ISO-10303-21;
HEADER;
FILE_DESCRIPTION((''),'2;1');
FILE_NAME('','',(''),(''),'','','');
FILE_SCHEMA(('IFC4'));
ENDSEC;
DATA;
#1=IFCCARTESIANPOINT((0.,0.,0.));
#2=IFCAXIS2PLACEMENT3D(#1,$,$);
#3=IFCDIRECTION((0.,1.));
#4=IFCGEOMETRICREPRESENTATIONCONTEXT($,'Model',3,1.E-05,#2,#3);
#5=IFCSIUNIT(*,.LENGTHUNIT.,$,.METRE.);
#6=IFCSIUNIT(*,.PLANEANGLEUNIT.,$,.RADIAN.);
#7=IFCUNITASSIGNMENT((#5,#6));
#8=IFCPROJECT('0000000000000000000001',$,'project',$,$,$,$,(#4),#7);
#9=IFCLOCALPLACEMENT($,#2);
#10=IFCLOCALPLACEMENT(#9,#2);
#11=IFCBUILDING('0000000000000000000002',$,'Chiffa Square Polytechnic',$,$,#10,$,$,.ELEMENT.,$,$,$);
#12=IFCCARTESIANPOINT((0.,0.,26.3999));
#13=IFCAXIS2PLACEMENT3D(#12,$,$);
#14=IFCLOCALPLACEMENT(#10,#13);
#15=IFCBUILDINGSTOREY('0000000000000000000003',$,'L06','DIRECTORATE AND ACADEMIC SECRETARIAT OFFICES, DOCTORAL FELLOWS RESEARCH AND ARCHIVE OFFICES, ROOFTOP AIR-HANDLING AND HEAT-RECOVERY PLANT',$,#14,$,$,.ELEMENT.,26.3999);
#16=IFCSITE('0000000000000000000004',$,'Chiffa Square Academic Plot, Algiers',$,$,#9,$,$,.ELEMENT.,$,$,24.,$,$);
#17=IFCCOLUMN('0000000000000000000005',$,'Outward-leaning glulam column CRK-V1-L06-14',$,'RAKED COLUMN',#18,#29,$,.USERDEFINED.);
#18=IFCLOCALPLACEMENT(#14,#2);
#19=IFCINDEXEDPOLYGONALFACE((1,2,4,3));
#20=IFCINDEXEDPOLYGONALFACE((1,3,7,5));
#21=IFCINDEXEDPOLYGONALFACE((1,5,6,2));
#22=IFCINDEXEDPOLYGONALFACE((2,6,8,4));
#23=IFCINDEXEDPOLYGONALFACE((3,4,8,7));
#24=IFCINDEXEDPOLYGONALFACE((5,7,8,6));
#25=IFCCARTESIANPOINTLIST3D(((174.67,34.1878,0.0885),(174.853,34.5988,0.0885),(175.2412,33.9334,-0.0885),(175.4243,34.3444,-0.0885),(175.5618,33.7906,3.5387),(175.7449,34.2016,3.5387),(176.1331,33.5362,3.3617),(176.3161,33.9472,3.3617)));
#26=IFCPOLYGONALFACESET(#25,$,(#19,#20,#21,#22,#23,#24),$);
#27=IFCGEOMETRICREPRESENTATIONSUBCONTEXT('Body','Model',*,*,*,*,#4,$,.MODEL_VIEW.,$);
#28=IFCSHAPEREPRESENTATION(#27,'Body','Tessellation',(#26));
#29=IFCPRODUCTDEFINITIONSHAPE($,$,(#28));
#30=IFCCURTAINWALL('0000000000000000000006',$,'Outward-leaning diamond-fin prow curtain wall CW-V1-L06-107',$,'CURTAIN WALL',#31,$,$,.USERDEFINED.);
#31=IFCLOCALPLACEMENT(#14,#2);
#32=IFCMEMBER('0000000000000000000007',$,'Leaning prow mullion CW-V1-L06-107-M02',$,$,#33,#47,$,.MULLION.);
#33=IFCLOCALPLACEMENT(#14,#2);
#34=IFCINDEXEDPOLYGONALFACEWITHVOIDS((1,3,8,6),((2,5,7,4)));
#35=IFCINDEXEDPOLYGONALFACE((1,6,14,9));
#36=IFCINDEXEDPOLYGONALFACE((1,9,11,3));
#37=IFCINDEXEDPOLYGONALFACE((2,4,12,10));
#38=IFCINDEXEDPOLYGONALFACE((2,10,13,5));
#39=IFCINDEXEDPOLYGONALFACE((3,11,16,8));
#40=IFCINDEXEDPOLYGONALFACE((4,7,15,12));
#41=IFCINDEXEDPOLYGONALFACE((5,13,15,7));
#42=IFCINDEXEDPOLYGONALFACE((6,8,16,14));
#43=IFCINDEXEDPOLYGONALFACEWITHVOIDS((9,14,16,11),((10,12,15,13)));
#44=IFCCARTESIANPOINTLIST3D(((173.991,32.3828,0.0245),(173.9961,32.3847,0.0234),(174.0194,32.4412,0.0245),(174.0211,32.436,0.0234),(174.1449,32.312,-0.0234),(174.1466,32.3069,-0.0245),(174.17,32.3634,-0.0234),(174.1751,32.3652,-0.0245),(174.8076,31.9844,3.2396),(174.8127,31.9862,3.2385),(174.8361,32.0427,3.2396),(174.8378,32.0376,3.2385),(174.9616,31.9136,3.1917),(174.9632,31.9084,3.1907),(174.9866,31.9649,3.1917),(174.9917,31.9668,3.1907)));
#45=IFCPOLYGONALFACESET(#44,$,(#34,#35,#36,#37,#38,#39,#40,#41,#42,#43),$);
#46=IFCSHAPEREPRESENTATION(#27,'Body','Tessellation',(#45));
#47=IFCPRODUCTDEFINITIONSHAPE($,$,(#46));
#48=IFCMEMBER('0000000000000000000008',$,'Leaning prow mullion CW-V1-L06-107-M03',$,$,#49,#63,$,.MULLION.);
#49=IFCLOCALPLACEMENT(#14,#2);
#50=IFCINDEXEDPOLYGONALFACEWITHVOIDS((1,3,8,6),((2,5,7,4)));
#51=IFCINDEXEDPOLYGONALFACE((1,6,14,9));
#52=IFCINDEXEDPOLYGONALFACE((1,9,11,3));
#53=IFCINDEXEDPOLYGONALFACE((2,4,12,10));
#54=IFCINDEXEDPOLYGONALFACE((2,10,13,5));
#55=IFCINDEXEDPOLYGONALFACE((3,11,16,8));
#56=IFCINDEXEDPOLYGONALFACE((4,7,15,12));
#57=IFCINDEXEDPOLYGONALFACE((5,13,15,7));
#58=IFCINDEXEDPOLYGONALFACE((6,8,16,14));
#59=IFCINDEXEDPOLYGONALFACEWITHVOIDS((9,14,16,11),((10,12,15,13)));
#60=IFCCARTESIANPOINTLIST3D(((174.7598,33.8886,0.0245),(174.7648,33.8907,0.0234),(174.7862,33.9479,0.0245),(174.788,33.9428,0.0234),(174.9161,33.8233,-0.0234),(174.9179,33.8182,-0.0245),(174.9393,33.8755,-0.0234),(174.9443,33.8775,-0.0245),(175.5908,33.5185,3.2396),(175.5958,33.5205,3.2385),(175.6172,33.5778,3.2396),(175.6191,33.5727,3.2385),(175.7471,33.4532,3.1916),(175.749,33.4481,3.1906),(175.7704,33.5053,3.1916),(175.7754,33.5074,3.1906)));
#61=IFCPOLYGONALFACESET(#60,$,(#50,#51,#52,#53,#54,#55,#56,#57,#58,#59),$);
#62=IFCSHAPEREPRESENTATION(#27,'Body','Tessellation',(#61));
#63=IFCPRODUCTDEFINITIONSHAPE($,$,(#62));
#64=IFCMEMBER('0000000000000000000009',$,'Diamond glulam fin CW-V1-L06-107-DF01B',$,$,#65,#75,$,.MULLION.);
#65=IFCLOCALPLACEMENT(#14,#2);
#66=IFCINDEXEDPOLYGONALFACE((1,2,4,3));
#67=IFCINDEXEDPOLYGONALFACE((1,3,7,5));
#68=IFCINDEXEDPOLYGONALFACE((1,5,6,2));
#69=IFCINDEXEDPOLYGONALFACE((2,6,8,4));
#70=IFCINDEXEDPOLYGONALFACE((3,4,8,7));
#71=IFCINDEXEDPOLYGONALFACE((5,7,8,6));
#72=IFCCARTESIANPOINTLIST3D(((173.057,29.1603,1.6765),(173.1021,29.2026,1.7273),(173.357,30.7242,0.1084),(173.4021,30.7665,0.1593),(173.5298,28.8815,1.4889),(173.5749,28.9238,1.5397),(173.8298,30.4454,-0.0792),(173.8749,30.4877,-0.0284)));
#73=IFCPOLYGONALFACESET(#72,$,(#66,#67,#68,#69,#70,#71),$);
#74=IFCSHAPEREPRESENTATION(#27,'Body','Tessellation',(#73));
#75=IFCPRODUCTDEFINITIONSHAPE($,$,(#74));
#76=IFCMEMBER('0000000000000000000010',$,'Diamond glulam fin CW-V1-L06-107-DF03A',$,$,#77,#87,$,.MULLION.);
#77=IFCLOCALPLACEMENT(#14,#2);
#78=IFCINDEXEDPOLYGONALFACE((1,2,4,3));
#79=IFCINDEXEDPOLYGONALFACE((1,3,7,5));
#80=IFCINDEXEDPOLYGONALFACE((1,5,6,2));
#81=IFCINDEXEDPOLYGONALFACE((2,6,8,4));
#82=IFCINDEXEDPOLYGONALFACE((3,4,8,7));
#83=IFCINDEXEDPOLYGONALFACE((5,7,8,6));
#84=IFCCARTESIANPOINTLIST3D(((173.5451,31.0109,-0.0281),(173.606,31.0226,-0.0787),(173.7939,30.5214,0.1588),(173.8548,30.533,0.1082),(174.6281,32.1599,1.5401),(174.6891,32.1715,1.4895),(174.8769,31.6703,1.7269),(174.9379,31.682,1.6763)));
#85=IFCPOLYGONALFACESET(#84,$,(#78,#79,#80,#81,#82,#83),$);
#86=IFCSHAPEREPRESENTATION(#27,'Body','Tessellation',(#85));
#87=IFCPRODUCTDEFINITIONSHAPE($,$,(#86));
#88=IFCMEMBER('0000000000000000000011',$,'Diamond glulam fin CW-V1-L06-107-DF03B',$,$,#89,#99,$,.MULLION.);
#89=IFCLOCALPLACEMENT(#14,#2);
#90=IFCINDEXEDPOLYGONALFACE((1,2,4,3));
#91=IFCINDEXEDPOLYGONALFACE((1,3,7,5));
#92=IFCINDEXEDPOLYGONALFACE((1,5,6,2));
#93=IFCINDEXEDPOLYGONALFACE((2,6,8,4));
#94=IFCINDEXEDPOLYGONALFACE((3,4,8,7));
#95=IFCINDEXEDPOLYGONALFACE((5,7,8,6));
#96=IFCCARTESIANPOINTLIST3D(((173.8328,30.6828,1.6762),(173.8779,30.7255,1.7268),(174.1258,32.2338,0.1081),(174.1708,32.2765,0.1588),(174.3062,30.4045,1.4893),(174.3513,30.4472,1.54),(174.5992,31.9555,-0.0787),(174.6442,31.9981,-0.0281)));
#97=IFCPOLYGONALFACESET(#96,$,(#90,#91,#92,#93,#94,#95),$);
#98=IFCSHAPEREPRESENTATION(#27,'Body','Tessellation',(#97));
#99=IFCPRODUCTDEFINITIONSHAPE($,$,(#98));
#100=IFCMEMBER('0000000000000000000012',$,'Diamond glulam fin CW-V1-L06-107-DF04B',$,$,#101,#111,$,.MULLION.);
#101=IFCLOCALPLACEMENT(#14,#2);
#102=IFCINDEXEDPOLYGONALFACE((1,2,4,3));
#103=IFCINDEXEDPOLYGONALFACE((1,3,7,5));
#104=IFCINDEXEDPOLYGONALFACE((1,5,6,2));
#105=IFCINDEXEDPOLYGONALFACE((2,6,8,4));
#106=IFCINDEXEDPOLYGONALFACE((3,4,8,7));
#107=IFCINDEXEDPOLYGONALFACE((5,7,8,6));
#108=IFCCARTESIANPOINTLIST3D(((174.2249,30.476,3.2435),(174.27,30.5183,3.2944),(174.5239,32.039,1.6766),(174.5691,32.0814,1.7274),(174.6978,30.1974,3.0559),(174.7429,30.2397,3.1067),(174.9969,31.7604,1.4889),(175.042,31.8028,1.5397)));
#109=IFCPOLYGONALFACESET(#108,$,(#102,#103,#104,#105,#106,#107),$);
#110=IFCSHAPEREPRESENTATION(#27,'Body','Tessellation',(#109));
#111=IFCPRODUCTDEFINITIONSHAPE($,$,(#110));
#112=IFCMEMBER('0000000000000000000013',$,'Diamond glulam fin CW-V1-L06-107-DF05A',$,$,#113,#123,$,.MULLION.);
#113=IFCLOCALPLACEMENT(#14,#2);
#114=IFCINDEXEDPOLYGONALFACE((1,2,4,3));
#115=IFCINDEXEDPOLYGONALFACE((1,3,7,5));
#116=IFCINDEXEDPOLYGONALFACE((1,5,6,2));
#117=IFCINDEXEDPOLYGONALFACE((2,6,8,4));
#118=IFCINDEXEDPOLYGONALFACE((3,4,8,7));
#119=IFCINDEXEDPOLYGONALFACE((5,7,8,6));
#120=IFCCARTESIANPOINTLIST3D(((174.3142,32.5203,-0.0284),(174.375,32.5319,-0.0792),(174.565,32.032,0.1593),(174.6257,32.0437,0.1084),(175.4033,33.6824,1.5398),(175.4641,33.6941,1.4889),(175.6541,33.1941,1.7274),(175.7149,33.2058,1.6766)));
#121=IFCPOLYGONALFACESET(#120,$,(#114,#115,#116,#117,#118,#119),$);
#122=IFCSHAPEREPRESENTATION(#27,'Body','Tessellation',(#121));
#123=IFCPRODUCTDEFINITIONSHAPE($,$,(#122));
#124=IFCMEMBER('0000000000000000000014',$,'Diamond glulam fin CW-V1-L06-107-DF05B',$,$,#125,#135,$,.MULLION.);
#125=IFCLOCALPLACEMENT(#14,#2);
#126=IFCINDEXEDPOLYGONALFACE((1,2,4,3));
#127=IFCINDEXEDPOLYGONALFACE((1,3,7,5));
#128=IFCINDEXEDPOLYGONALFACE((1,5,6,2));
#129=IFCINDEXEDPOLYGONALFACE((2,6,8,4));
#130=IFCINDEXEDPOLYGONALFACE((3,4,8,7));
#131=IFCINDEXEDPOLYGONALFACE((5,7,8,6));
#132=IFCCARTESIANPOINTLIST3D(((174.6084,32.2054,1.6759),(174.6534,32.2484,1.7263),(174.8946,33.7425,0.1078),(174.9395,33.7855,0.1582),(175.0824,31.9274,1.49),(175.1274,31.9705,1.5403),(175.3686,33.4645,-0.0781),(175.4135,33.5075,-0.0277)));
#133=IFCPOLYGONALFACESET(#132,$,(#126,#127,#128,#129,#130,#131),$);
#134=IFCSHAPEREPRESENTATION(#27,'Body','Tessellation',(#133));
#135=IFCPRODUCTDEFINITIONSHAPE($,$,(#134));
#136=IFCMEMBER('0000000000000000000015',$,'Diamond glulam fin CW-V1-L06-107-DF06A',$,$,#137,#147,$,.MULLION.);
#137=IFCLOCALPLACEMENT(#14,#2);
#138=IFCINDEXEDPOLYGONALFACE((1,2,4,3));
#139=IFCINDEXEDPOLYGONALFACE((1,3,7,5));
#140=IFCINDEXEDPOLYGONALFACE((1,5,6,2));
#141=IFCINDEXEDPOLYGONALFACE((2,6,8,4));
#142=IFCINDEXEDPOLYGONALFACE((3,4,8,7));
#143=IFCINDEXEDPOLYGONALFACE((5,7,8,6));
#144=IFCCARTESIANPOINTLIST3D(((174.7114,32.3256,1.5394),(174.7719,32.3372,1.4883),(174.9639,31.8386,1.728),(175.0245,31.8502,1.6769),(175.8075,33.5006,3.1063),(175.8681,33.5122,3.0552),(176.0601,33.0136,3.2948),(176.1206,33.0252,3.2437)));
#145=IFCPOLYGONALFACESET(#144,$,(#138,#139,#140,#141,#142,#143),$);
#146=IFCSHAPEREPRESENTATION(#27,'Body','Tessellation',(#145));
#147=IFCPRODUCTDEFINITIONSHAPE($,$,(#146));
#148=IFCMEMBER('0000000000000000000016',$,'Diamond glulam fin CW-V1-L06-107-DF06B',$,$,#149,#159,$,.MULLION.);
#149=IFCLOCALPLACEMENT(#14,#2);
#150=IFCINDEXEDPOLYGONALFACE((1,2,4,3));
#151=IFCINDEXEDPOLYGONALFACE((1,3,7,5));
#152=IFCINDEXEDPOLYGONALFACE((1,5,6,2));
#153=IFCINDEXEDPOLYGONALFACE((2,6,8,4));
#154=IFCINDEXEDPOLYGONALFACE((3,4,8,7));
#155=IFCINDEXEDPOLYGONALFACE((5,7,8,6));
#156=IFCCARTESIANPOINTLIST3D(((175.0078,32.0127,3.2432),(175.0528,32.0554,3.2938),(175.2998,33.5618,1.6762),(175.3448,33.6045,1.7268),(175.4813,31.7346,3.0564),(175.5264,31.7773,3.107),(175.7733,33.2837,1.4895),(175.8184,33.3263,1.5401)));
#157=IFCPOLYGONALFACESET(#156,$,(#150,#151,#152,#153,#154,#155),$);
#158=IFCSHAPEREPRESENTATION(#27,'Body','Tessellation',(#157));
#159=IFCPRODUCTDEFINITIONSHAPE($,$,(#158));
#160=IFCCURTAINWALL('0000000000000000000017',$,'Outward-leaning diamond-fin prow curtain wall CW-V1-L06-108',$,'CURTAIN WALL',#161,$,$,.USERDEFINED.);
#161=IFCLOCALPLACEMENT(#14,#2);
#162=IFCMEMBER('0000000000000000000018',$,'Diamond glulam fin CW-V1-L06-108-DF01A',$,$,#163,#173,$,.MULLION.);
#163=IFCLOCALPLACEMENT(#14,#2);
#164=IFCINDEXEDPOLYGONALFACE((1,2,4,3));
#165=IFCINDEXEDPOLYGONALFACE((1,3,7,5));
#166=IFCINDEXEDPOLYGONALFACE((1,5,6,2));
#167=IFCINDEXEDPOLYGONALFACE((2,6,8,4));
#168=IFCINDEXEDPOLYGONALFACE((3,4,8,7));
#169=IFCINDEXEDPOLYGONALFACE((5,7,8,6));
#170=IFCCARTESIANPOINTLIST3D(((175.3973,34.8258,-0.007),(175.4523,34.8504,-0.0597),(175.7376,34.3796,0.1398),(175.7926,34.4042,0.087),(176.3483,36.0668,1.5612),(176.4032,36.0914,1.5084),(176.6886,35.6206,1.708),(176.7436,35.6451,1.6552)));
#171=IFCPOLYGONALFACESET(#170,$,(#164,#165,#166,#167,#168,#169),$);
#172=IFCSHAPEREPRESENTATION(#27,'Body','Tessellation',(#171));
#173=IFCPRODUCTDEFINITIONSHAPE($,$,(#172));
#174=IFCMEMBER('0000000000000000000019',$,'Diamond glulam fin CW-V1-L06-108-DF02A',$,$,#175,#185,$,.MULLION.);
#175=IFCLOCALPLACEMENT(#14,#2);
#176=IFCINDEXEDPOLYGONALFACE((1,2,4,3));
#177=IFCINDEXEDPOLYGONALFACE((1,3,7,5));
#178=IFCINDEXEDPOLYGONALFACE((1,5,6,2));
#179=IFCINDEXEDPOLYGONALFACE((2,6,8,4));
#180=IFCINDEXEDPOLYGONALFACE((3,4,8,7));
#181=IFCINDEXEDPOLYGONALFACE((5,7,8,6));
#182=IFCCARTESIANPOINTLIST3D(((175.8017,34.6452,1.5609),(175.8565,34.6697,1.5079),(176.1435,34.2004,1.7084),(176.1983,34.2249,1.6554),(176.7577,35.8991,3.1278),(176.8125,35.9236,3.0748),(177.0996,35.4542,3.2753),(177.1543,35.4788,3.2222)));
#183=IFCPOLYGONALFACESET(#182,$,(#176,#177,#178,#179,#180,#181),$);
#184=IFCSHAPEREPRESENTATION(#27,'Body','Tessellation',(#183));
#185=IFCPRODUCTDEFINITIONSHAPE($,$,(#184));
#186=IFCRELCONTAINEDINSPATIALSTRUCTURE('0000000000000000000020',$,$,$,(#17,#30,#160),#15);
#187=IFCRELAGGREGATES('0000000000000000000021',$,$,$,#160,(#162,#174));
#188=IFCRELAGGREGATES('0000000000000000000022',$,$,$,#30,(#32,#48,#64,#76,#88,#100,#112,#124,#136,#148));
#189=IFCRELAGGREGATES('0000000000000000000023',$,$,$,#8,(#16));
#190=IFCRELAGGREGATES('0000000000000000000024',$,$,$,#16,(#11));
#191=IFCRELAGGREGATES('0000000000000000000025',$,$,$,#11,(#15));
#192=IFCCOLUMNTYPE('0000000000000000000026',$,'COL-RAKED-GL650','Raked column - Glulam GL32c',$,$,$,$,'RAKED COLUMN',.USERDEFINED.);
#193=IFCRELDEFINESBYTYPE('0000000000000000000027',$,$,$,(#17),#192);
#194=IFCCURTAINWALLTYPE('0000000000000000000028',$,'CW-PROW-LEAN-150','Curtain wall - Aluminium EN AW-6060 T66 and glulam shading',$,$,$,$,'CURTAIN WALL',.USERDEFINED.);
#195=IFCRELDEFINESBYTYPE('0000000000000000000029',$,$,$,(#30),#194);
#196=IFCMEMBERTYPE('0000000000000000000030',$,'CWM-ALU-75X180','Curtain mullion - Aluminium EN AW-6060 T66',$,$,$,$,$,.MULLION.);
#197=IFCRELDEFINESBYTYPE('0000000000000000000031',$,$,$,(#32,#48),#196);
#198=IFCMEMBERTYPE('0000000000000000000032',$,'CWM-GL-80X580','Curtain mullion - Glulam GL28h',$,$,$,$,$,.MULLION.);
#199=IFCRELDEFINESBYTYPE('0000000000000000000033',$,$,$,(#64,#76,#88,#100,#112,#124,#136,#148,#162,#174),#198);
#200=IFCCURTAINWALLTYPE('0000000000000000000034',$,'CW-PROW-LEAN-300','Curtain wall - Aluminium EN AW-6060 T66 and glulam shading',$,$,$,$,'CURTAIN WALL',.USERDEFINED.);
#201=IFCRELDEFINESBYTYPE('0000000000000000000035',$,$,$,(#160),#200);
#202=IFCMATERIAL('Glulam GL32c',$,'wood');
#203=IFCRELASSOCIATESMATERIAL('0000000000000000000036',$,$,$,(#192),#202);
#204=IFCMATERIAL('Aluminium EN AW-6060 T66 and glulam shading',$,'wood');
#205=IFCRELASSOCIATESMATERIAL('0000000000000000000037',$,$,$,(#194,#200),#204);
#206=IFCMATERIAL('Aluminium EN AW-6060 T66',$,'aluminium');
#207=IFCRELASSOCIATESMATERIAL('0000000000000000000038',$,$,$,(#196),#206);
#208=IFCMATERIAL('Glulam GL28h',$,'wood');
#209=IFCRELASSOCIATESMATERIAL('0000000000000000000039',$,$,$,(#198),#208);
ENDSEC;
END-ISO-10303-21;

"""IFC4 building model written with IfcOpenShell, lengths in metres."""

from ifc_helpers import new_model, si_unit, direction, frame, origin, origin_2d, place, context, subcontext, project, spatial, rectangle, hollow_rectangle, extrude, material, material_profile, profile_set, type_object, element, aggregate, save


model = new_model("IFC4")

# Units and contexts
model_context = context("Model", 3, precision=1e-05, world=origin(), true_north=direction((0.0, 1.0)))
body_context = subcontext(model_context, "Body", "Model", "MODEL_VIEW")
ifc_project = project(units=[si_unit("LENGTHUNIT", "METRE"), si_unit("PLANEANGLEUNIT", "RADIAN")], contexts=[model_context])

# Site, building, storey
site_placement = place(None, origin())
site = spatial("IfcSite", under=ifc_project, at=site_placement, Name="Chiffa Square Academic Plot, Algiers", CompositionType="ELEMENT", RefElevation=24.0)
building_placement = place(site_placement, origin())
building = spatial("IfcBuilding", under=site, at=building_placement, Name="Chiffa Square Polytechnic", CompositionType="ELEMENT")
storey_placement = place(building_placement, frame((0.0, 0.0, 26.3999)))
storey = spatial("IfcBuildingStorey", under=building, at=storey_placement, Name="L06", Description="DIRECTORATE AND ACADEMIC SECRETARIAT OFFICES, DOCTORAL FELLOWS RESEARCH AND ARCHIVE OFFICES, ROOFTOP AIR-HANDLING AND HEAT-RECOVERY PLANT", CompositionType="ELEMENT", Elevation=26.3999)

# Column
ifc_material_1 = material(Name="Glulam GL32c", Category="wood")
ifc_material_profile_1 = material_profile(ifc_material_1, rectangle(XDim=0.45, YDim=0.6499, at=origin_2d()), Name="GL32c 450x650")
ifc_profile_set_1 = profile_set([ifc_material_profile_1], Name="Glulam GL32c")
column_type = type_object("IfcColumnType", Name="COL-RAKED-GL650", Description="Raked column - Glulam GL32c", ElementType="RAKED COLUMN", PredefinedType="USERDEFINED", material=ifc_profile_set_1)
column_placement = place(storey_placement, frame((175.0471, 34.2661, 0.0), z_axis=(0.248725, -0.110779, 0.962218), x_axis=(0.406858, 0.913492, 0.0)))
element("IfcColumn", 1, at=column_placement, inside=storey, type_object=column_type, Name="Outward-leaning glulam column CRK-V1-L06-14", ObjectType="RAKED COLUMN", PredefinedType="USERDEFINED", context=body_context, shape_type="SweptSolid", body=[
    extrude(rectangle(XDim=0.45, YDim=0.6499, at=origin_2d()), origin(), (0.0, 0.0, 1.0), 3.5857),
])

# Curtain walls, members
ifc_material_2 = material(Name="Aluminium EN AW-6060 T66 and glulam shading", Category="wood")
curtain_wall_type_1 = type_object("IfcCurtainWallType", Name="CW-PROW-LEAN-150", Description="Curtain wall - Aluminium EN AW-6060 T66 and glulam shading", ElementType="CURTAIN WALL", PredefinedType="USERDEFINED", material=ifc_material_2)
curtain_wall_1_placement = place(storey_placement, origin())
curtain_wall_1 = element("IfcCurtainWall", 2, at=curtain_wall_1_placement, inside=storey, type_object=curtain_wall_type_1, Name="Outward-leaning diamond-fin prow curtain wall CW-V1-L06-107", ObjectType="CURTAIN WALL", PredefinedType="USERDEFINED")
ifc_material_3 = material(Name="Aluminium EN AW-6060 T66", Category="aluminium")
ifc_material_profile_2 = material_profile(ifc_material_3, hollow_rectangle(XDim=0.0649, YDim=0.1799, WallThickness=0.0039, at=origin_2d()), Name="ALU 65x180x4")
ifc_profile_set_2 = profile_set([ifc_material_profile_2], Name="Aluminium EN AW-6060 T66")
member_type_1 = type_object("IfcMemberType", Name="CWM-ALU-75X180", Description="Curtain mullion - Aluminium EN AW-6060 T66", PredefinedType="MULLION", material=ifc_profile_set_2)
member_1_placement = place(storey_placement, frame((174.083, 32.374, 0.0), z_axis=(0.244431, -0.119256, 0.962305), x_axis=(0.438487, 0.898737, 0.0)))
member_1 = element("IfcMember", 3, at=member_1_placement, type_object=member_type_1, Name="Leaning prow mullion CW-V1-L06-107-M02", PredefinedType="MULLION", context=body_context, shape_type="SweptSolid", body=[
    extrude(hollow_rectangle(XDim=0.0649, YDim=0.1799, WallThickness=0.0039, at=origin_2d()), origin(), (0.0, 0.0, 1.0), 3.3411),
])
member_2_placement = place(storey_placement, frame((174.8521, 33.8831, 0.0), z_axis=(0.24872, -0.11077, 0.96222), x_axis=(0.406836, 0.913501, 0.0)))
member_2 = element("IfcMember", 4, at=member_2_placement, type_object=member_type_1, Name="Leaning prow mullion CW-V1-L06-107-M03", PredefinedType="MULLION", context=body_context, shape_type="SweptSolid", body=[
    extrude(hollow_rectangle(XDim=0.0649, YDim=0.1799, WallThickness=0.0039, at=origin_2d()), origin(), (0.0, 0.0, 1.0), 3.3413),
])
ifc_material_4 = material(Name="Glulam GL28h", Category="wood")
ifc_material_profile_3 = material_profile(ifc_material_4, rectangle(XDim=0.0801, YDim=0.5801, at=origin_2d()), Name="GL28h 80x580")
ifc_profile_set_3 = profile_set([ifc_material_profile_3], Name="Glulam GL28h")
member_type_2 = type_object("IfcMemberType", Name="CWM-GL-80X580", Description="Curtain mullion - Glulam GL28h", PredefinedType="MULLION", material=ifc_profile_set_3)
member_3_placement = place(storey_placement, frame((173.616, 30.606, 0.04), z_axis=(-0.134253, -0.699776, 0.701633), x_axis=(0.563649, 0.528424, 0.634876)))
member_3 = element("IfcMember", 5, at=member_3_placement, type_object=member_type_2, Name="Diamond glulam fin CW-V1-L06-107-DF01B", PredefinedType="MULLION", context=body_context, shape_type="SweptSolid", body=[
    extrude(rectangle(XDim=0.0801, YDim=0.5801, at=origin_2d()), origin(), (0.0, 0.0, 1.0), 2.2349),
])
member_4_placement = place(storey_placement, frame((173.7, 30.772, 0.04), z_axis=(0.486681, 0.516304, 0.704679), x_axis=(-0.76103, -0.145484, 0.632193)))
member_4 = element("IfcMember", 6, at=member_4_placement, type_object=member_type_2, Name="Diamond glulam fin CW-V1-L06-107-DF03A", PredefinedType="MULLION", context=body_context, shape_type="SweptSolid", body=[
    extrude(rectangle(XDim=0.0801, YDim=0.5801, at=origin_2d()), origin(), (0.0, 0.0, 1.0), 2.2253),
])
member_5_placement = place(storey_placement, frame((174.385, 32.116, 0.04), z_axis=(-0.131673, -0.697099, 0.70478), x_axis=(0.562655, 0.532789, 0.632103)))
member_5 = element("IfcMember", 7, at=member_5_placement, type_object=member_type_2, Name="Diamond glulam fin CW-V1-L06-107-DF03B", PredefinedType="MULLION", context=body_context, shape_type="SweptSolid", body=[
    extrude(rectangle(XDim=0.0801, YDim=0.5801, at=origin_2d()), origin(), (0.0, 0.0, 1.0), 2.2249),
])
member_6_placement = place(storey_placement, frame((174.783, 31.9209, 1.6082), z_axis=(-0.133916, -0.699863, 0.701612), x_axis=(0.563388, 0.52868, 0.634895)))
member_6 = element("IfcMember", 8, at=member_6_placement, type_object=member_type_2, Name="Diamond glulam fin CW-V1-L06-107-DF04B", PredefinedType="MULLION", context=body_context, shape_type="SweptSolid", body=[
    extrude(rectangle(XDim=0.0801, YDim=0.5801, at=origin_2d()), origin(), (0.0, 0.0, 1.0), 2.2334),
])
member_7_placement = place(storey_placement, frame((174.47, 32.282, 0.04), z_axis=(0.487278, 0.519937, 0.701588), x_axis=(-0.758723, -0.145672, 0.634916)))
member_7 = element("IfcMember", 9, at=member_7_placement, type_object=member_type_2, Name="Diamond glulam fin CW-V1-L06-107-DF05A", PredefinedType="MULLION", context=body_context, shape_type="SweptSolid", body=[
    extrude(rectangle(XDim=0.0801, YDim=0.5801, at=origin_2d()), origin(), (0.0, 0.0, 1.0), 2.2351),
])
member_8_placement = place(storey_placement, frame((175.1541, 33.625, 0.04), z_axis=(-0.129215, -0.694143, 0.708145), x_axis=(0.561793, 0.537223, 0.62911)))
member_8 = element("IfcMember", 10, at=member_8_placement, type_object=member_type_2, Name="Diamond glulam fin CW-V1-L06-107-DF05B", PredefinedType="MULLION", context=body_context, shape_type="SweptSolid", body=[
    extrude(rectangle(XDim=0.0801, YDim=0.5801, at=origin_2d()), origin(), (0.0, 0.0, 1.0), 2.2144),
])
member_9_placement = place(storey_placement, frame((174.8679, 32.0879, 1.6082), z_axis=(0.488402, 0.523536, 0.698121), x_axis=(-0.756281, -0.145152, 0.637943)))
member_9 = element("IfcMember", 11, at=member_9_placement, type_object=member_type_2, Name="Diamond glulam fin CW-V1-L06-107-DF06A", PredefinedType="MULLION", context=body_context, shape_type="SweptSolid", body=[
    extrude(rectangle(XDim=0.0801, YDim=0.5801, at=origin_2d()), origin(), (0.0, 0.0, 1.0), 2.2444),
])
member_10_placement = place(storey_placement, frame((175.5591, 33.4441, 1.6082), z_axis=(-0.131373, -0.696958, 0.704976), x_axis=(0.562486, 0.533174, 0.631929)))
member_10 = element("IfcMember", 12, at=member_10_placement, type_object=member_type_2, Name="Diamond glulam fin CW-V1-L06-107-DF06B", PredefinedType="MULLION", context=body_context, shape_type="SweptSolid", body=[
    extrude(rectangle(XDim=0.0801, YDim=0.5801, at=origin_2d()), origin(), (0.0, 0.0, 1.0), 2.2227),
])
curtain_wall_type_2 = type_object("IfcCurtainWallType", Name="CW-PROW-LEAN-300", Description="Curtain wall - Aluminium EN AW-6060 T66 and glulam shading", ElementType="CURTAIN WALL", PredefinedType="USERDEFINED", material=ifc_material_2)
curtain_wall_2_placement = place(storey_placement, origin())
curtain_wall_2 = element("IfcCurtainWall", 13, at=curtain_wall_2_placement, inside=storey, type_object=curtain_wall_type_2, Name="Outward-leaning diamond-fin prow curtain wall CW-V1-L06-108", ObjectType="CURTAIN WALL", PredefinedType="USERDEFINED")
member_11_placement = place(storey_placement, frame((175.595, 34.615, 0.04), z_axis=(0.429443, 0.560426, 0.708168), x_axis=(-0.686582, -0.306803, 0.659149)))
member_11 = element("IfcMember", 14, at=member_11_placement, type_object=member_type_2, Name="Diamond glulam fin CW-V1-L06-108-DF01A", PredefinedType="MULLION", context=body_context, shape_type="SweptSolid", body=[
    extrude(rectangle(XDim=0.0801, YDim=0.5801, at=origin_2d()), origin(), (0.0, 0.0, 1.0), 2.2144),
])
member_12_placement = place(storey_placement, frame((176.0, 34.4351, 1.6082), z_axis=(0.430085, 0.564075, 0.704874), x_axis=(-0.683975, -0.306012, 0.662219)))
member_12 = element("IfcMember", 15, at=member_12_placement, type_object=member_type_2, Name="Diamond glulam fin CW-V1-L06-108-DF02A", PredefinedType="MULLION", context=body_context, shape_type="SweptSolid", body=[
    extrude(rectangle(XDim=0.0801, YDim=0.5801, at=origin_2d()), origin(), (0.0, 0.0, 1.0), 2.2229),
])

aggregate(curtain_wall_2, [member_11, member_12])
aggregate(curtain_wall_1, [member_1, member_2, member_3, member_4, member_5, member_6, member_7, member_8, member_9, member_10])

save(model, "model.ifc")
